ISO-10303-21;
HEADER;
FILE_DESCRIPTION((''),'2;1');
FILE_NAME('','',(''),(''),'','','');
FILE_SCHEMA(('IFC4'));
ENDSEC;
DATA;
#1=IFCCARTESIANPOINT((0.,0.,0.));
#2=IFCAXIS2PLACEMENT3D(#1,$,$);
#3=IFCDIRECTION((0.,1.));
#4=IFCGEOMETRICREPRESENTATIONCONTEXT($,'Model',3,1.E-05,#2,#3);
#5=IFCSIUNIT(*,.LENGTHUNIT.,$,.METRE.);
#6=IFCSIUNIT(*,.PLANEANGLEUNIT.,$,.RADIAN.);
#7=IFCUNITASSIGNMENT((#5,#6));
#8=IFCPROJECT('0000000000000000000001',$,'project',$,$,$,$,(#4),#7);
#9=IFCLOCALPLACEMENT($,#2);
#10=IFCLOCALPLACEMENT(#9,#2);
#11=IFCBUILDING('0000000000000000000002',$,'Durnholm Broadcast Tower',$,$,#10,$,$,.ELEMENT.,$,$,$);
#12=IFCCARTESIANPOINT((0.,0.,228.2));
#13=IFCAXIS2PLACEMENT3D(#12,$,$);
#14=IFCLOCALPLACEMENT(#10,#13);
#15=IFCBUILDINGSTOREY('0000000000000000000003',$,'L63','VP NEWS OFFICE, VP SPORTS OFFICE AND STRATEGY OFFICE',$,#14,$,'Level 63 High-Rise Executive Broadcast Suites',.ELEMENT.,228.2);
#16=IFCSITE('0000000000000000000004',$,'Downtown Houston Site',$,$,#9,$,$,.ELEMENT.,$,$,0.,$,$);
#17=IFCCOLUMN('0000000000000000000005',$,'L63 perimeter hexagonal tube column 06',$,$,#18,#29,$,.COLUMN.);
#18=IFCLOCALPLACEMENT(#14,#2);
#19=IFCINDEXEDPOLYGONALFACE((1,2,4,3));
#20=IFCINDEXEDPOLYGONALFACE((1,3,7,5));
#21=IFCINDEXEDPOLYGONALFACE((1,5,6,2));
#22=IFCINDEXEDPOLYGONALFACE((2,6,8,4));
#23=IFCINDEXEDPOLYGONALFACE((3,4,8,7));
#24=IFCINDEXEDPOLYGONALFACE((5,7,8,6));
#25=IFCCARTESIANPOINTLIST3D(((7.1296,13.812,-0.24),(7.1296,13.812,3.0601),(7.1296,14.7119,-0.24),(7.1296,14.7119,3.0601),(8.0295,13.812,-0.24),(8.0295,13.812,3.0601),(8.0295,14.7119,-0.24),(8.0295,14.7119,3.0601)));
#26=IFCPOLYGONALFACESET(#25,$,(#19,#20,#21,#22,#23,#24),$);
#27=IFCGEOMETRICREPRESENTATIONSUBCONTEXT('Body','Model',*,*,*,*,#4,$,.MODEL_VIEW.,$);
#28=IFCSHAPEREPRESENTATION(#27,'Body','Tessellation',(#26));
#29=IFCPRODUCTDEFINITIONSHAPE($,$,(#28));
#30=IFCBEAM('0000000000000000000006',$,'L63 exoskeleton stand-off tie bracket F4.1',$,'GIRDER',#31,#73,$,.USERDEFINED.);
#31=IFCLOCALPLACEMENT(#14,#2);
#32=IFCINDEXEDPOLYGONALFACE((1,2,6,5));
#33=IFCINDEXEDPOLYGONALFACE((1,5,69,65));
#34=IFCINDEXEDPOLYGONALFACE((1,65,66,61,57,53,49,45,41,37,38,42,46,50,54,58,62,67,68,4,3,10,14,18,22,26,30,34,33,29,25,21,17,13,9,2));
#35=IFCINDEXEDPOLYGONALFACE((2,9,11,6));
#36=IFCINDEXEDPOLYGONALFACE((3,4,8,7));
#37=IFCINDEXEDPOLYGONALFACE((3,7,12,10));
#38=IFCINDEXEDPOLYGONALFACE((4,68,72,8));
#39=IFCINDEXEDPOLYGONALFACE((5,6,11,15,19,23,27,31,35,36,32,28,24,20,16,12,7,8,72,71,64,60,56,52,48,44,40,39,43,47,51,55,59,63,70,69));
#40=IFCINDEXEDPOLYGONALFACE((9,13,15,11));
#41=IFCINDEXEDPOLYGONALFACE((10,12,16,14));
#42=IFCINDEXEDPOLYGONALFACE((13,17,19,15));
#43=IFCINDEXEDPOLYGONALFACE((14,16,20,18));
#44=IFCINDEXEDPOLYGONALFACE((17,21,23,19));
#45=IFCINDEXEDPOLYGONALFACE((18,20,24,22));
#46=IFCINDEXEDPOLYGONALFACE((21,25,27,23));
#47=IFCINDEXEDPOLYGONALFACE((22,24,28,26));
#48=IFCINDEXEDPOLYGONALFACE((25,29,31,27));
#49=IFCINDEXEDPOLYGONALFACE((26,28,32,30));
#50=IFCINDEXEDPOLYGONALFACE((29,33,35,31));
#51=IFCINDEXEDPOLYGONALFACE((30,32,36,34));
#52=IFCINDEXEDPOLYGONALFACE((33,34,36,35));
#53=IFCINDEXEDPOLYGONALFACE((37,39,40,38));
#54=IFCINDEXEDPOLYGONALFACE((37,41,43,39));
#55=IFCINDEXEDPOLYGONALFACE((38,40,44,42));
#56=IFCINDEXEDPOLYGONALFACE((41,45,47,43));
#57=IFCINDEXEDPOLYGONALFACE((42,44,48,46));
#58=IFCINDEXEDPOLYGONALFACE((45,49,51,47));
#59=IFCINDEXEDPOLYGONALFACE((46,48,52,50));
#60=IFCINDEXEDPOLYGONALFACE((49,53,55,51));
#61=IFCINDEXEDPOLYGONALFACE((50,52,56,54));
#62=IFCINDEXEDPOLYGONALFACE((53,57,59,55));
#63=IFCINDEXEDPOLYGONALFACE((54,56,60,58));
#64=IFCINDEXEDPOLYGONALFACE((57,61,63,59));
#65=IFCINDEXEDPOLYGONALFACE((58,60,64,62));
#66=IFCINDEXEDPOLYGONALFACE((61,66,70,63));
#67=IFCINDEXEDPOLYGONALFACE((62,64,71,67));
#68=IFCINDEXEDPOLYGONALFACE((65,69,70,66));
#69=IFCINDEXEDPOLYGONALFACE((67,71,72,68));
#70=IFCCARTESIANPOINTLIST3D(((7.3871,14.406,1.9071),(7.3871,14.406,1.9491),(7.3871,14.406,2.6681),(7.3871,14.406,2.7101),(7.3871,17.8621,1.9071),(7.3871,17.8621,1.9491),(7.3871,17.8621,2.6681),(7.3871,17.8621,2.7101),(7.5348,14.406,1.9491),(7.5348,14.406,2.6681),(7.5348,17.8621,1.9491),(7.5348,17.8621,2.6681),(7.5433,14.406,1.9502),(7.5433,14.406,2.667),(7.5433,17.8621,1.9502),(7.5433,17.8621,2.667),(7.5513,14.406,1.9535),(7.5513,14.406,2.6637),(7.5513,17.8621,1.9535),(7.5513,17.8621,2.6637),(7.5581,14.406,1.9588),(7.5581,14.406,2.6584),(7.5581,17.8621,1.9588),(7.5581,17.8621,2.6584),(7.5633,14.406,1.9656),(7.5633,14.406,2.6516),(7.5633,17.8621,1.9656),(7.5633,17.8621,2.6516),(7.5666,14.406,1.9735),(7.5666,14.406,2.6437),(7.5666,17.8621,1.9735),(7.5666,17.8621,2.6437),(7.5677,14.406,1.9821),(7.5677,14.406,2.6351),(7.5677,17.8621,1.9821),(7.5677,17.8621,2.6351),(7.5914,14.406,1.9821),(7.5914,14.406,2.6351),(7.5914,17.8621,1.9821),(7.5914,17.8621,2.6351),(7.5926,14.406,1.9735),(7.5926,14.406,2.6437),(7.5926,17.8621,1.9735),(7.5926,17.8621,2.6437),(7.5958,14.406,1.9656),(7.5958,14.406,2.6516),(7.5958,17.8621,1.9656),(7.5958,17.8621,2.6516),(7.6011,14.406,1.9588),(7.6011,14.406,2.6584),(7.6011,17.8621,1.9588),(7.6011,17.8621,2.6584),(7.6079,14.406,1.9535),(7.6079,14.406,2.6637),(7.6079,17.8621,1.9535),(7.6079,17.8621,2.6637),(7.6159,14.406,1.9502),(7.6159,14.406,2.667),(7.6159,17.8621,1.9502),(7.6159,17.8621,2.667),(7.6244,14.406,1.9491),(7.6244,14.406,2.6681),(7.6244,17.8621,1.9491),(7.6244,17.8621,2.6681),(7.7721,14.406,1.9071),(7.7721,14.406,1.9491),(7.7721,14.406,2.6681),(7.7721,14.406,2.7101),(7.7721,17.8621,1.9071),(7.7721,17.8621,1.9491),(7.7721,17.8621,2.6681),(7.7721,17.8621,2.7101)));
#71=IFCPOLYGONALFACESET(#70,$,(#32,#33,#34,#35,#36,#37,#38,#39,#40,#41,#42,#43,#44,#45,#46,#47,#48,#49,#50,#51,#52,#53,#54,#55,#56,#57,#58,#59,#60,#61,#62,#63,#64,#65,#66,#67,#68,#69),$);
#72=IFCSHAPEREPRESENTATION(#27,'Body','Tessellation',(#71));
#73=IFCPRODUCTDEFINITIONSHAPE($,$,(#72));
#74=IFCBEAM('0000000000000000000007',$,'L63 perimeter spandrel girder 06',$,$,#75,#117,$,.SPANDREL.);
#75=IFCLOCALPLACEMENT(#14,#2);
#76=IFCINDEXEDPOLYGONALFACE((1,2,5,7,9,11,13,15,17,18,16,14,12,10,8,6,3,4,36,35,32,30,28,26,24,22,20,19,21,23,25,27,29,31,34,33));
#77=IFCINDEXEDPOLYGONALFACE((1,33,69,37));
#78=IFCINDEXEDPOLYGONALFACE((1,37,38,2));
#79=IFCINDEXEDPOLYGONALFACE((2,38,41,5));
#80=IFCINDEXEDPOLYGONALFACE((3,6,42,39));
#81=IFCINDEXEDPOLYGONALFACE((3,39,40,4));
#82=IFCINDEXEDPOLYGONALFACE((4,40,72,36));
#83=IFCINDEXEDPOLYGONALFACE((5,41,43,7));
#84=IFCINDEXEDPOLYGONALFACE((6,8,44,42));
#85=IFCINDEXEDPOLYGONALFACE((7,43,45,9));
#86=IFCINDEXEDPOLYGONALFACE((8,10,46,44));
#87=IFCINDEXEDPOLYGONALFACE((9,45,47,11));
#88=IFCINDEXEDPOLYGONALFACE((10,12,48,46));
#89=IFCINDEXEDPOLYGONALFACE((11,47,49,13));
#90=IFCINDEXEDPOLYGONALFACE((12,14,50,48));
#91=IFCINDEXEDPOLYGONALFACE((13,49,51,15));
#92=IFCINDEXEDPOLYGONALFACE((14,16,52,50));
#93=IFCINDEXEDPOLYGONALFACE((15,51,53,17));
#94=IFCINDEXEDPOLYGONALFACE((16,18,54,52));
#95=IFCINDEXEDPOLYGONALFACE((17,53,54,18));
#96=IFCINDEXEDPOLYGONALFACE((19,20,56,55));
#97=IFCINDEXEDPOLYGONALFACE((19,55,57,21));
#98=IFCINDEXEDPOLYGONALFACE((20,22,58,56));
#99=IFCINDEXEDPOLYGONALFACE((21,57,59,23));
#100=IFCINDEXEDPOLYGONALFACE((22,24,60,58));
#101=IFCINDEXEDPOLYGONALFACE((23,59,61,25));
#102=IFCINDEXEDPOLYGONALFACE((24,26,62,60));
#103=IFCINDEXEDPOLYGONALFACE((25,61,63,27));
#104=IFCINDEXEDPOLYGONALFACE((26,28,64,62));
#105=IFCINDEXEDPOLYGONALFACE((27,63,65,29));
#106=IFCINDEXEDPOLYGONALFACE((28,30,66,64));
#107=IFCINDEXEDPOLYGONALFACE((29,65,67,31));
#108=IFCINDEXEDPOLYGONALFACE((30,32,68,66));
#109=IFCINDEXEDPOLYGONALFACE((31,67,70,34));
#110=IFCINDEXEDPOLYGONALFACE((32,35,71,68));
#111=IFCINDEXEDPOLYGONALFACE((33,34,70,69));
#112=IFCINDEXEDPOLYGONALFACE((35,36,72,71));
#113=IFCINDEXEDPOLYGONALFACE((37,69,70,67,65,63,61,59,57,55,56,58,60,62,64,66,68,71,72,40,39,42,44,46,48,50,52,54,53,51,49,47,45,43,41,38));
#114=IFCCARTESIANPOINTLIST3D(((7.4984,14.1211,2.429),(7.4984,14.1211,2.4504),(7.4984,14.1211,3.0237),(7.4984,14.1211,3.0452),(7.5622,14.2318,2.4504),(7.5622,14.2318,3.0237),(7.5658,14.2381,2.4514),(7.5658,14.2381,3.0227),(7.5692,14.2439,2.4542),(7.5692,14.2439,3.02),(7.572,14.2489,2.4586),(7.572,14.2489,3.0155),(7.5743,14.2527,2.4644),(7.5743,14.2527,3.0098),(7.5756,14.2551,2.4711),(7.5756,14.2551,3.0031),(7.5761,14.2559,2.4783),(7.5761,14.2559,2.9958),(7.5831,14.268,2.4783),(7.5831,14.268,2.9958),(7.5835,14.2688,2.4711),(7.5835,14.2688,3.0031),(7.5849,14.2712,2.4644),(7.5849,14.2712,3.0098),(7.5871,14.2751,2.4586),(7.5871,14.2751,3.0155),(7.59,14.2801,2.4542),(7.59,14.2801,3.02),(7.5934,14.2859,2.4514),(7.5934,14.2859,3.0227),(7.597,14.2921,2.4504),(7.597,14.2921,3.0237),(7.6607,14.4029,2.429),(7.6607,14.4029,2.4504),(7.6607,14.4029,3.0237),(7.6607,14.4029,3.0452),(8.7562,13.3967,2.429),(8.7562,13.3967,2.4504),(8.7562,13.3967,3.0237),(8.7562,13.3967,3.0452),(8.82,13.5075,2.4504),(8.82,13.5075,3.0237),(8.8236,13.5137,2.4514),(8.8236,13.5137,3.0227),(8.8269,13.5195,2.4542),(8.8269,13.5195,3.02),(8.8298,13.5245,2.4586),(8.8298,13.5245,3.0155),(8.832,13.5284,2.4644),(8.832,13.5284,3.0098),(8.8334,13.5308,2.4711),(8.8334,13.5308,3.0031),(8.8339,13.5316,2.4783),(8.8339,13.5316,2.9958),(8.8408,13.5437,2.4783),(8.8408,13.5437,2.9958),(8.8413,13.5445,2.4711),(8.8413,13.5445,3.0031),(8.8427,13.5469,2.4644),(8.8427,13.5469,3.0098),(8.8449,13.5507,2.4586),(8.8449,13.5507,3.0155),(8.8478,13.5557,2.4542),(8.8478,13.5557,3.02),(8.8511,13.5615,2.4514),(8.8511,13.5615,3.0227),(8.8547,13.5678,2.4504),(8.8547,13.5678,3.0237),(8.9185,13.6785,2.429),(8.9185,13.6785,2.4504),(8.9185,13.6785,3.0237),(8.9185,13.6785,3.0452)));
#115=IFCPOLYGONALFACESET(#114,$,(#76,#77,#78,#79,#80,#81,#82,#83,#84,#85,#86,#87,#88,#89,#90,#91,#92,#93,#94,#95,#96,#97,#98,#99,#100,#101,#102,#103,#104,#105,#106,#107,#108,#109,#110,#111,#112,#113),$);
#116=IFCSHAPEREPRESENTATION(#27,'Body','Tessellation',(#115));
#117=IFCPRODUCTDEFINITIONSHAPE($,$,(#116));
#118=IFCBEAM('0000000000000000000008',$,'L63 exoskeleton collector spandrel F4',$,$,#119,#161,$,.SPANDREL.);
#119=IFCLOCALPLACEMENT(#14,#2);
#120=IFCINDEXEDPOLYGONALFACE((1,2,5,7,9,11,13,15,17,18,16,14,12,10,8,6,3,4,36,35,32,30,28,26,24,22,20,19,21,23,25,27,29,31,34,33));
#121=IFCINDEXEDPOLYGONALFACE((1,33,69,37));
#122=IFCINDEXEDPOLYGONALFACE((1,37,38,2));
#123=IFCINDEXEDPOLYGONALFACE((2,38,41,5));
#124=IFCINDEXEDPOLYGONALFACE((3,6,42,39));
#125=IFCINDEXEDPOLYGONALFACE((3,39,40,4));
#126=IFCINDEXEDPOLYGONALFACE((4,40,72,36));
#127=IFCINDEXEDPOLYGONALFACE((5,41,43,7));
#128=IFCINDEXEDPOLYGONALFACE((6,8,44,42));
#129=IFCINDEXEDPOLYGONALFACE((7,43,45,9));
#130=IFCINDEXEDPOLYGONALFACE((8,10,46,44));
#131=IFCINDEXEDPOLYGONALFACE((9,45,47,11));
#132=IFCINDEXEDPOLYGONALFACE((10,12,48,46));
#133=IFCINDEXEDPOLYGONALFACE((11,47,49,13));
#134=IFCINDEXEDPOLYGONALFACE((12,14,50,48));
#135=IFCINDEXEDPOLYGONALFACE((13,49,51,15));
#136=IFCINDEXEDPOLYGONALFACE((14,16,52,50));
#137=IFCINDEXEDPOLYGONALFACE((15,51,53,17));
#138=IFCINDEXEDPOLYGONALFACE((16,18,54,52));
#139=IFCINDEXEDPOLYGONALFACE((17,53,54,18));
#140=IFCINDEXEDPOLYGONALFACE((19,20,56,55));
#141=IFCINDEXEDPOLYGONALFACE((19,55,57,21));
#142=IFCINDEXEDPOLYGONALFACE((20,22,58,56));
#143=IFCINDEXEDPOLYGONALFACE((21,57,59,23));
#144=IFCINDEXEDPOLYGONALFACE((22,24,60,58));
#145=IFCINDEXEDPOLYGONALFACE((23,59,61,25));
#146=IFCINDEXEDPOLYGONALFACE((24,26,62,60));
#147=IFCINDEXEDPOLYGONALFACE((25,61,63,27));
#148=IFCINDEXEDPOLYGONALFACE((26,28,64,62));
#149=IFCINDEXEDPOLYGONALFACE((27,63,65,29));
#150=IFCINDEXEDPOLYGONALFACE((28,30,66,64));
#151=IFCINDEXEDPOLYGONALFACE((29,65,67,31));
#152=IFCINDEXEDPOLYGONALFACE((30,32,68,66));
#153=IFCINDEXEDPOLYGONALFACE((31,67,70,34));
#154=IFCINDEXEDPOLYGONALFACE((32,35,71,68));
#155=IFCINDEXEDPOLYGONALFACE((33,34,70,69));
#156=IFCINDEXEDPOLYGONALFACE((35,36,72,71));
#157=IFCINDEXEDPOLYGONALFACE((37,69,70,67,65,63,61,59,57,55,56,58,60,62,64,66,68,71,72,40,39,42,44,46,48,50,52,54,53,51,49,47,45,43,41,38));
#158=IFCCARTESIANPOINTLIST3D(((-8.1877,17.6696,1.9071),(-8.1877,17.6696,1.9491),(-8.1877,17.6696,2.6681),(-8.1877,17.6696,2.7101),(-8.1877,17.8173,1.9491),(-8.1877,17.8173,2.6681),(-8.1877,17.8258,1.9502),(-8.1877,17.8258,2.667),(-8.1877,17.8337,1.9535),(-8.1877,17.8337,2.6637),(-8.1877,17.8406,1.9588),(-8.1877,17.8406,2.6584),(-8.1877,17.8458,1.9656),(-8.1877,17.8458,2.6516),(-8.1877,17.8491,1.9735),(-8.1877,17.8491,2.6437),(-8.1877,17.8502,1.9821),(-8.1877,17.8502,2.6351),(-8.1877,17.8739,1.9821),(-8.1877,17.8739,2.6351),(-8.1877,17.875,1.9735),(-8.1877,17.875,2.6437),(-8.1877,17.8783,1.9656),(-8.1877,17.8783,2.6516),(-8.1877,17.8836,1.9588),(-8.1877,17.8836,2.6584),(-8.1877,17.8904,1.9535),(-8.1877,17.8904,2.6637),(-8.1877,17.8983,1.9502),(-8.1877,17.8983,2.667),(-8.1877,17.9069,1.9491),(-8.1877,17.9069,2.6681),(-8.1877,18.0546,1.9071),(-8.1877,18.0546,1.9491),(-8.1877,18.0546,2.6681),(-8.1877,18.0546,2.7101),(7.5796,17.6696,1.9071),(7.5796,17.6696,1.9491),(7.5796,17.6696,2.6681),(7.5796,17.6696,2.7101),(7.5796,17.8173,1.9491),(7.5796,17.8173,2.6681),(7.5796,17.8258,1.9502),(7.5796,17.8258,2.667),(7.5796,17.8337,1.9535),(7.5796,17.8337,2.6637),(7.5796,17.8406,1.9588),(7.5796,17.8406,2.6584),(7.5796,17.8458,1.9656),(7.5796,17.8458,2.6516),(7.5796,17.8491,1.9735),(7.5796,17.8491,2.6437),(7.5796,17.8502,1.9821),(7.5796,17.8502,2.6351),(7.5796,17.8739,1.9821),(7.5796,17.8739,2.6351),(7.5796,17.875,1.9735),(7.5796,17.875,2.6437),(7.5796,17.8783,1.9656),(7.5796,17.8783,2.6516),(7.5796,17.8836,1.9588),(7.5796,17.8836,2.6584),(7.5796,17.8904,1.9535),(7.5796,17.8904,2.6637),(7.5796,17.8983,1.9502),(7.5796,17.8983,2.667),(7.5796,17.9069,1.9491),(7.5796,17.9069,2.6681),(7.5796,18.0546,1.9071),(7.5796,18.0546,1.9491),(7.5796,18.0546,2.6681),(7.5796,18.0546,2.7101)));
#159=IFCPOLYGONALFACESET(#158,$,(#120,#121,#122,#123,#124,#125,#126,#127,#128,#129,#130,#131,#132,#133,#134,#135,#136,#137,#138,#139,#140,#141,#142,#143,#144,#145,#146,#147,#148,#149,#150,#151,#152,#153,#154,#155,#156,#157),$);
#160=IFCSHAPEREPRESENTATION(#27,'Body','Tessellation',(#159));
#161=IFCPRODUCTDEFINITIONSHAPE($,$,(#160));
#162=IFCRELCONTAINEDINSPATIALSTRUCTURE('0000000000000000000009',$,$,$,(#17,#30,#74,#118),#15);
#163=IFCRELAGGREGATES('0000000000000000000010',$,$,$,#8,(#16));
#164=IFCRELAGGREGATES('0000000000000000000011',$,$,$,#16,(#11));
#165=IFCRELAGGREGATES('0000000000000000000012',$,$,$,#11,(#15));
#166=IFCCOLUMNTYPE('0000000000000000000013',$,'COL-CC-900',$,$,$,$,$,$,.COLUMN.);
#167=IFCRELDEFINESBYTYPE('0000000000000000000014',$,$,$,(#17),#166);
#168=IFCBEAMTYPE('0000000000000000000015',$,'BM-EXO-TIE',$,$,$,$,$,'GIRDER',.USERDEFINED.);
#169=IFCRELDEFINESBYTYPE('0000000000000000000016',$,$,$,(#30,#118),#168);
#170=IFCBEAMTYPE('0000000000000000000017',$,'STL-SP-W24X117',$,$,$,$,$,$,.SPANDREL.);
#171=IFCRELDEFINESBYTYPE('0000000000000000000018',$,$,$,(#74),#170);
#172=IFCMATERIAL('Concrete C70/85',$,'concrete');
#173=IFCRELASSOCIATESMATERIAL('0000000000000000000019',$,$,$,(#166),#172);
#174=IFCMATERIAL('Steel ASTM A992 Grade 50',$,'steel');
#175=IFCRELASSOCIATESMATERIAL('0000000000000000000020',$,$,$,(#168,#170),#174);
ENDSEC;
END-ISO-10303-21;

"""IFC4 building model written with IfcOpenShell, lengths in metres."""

from ifc_helpers import new_model, si_unit, direction, frame, origin, origin_2d, place, context, subcontext, project, spatial, rectangle, i_section, extrude, source, transform, mapped, material, material_profile, profile_set, type_object, type_shapes, element, save


model = new_model("IFC4")

# Units and contexts
model_context = context("Model", 3, precision=1e-05, world=origin(), true_north=direction((0.0, 1.0)))
body_context = subcontext(model_context, "Body", "Model", "MODEL_VIEW")
ifc_project = project(units=[si_unit("LENGTHUNIT", "METRE"), si_unit("PLANEANGLEUNIT", "RADIAN")], contexts=[model_context])

# Site, building, storey
site_placement = place(None, origin())
site = spatial("IfcSite", under=ifc_project, at=site_placement, Name="Downtown Houston Site", CompositionType="ELEMENT", RefElevation=0.0)
building_placement = place(site_placement, origin())
building = spatial("IfcBuilding", under=site, at=building_placement, Name="Durnholm Broadcast Tower", CompositionType="ELEMENT")
storey_placement = place(building_placement, frame((0.0, 0.0, 228.2)))
storey = spatial("IfcBuildingStorey", under=building, at=storey_placement, Name="L63", Description="VP NEWS OFFICE, VP SPORTS OFFICE AND STRATEGY OFFICE", LongName="Level 63 High-Rise Executive Broadcast Suites", CompositionType="ELEMENT", Elevation=228.2)

# Column
ifc_material_1 = material(Name="Concrete C70/85", Category="concrete")
ifc_material_profile_1 = material_profile(ifc_material_1, rectangle(XDim=0.8999, YDim=0.8999, at=origin_2d()), Name="RC900X900")
ifc_profile_set_1 = profile_set([ifc_material_profile_1], Name="Concrete C70/85")
column_type = type_object("IfcColumnType", Name="COL-CC-900", PredefinedType="COLUMN", material=ifc_profile_set_1)
shared_shape_1 = source(origin(), body_context, "Body", "SweptSolid", [
    extrude(rectangle(XDim=0.8999, YDim=0.8999, at=origin_2d()), origin(), (0.0, 0.0, 1.0), 3.3),
])
type_shapes(column_type, [shared_shape_1])
column_placement = place(storey_placement, frame((7.5796, 14.262, -0.24), z_axis=(0.0, 0.0, 1.0), x_axis=(1.0, 0.0, 0.0)))
element("IfcColumn", 1, at=column_placement, inside=storey, type_object=column_type, Name="L63 perimeter hexagonal tube column 06", PredefinedType="COLUMN", context=body_context, shape_type="MappedRepresentation", body=[
    mapped(shared_shape_1, transform((0.0, 0.0, 0.0), x_axis=(1.0, 0.0, 0.0), y_axis=(0.0, 1.0, 0.0), z_axis=(0.0, 0.0, 1.0), scale=1.0)),
])

# Beams
ifc_material_2 = material(Name="Steel ASTM A992 Grade 50", Category="steel")
ifc_material_profile_2 = material_profile(ifc_material_2, i_section(OverallWidth=0.385, OverallDepth=0.803, WebThickness=0.0237, FlangeThickness=0.042, FilletRadius=0.033, at=origin_2d()), Name="W30X261")
ifc_profile_set_2 = profile_set([ifc_material_profile_2], Name="Steel ASTM A992 Grade 50")
beam_type_1 = type_object("IfcBeamType", Name="BM-EXO-TIE", ElementType="GIRDER", PredefinedType="USERDEFINED", material=ifc_profile_set_2)
shared_shape_2 = source(origin(), body_context, "Body", "SweptSolid", [
    extrude(i_section(OverallWidth=0.385, OverallDepth=0.803, WebThickness=0.0237, FlangeThickness=0.042, FilletRadius=0.033, at=origin_2d()), origin(), (0.0, 0.0, 1.0), 3.4561),
])
beam_1_placement = place(storey_placement, frame((7.5796, 14.406, 2.3086), z_axis=(0.0, 1.0, 0.0), x_axis=(-1.0, 0.0, 0.0)))
element("IfcBeam", 2, at=beam_1_placement, inside=storey, type_object=beam_type_1, Name="L63 exoskeleton stand-off tie bracket F4.1", ObjectType="GIRDER", PredefinedType="USERDEFINED", context=body_context, shape_type="MappedRepresentation", body=[
    mapped(shared_shape_2, transform((0.0, 0.0, 0.0), x_axis=(1.0, 0.0, 0.0), y_axis=(0.0, 1.0, 0.0), z_axis=(0.0, 0.0, 1.0), scale=1.0)),
])
ifc_material_profile_3 = material_profile(ifc_material_2, i_section(OverallWidth=0.3252, OverallDepth=0.6162, WebThickness=0.0139, FlangeThickness=0.0215, FilletRadius=0.0278, at=origin_2d()), Name="W24X117")
ifc_profile_set_3 = profile_set([ifc_material_profile_3], Name="Steel ASTM A992 Grade 50")
beam_type_2 = type_object("IfcBeamType", Name="STL-SP-W24X117", PredefinedType="SPANDREL", material=ifc_profile_set_3)
shared_shape_3 = source(origin(), body_context, "Body", "SweptSolid", [
    extrude(i_section(OverallWidth=0.3252, OverallDepth=0.6162, WebThickness=0.0139, FlangeThickness=0.0215, FilletRadius=0.0278, at=origin_2d()), origin(), (0.0, 0.0, 1.0), 1.4514),
])
type_shapes(beam_type_2, [shared_shape_3])
beam_2_placement = place(storey_placement, frame((7.5796, 14.262, 2.7371), z_axis=(0.866572, -0.499052, 0.0), x_axis=(0.499052, 0.866572, 0.0)))
element("IfcBeam", 3, at=beam_2_placement, inside=storey, type_object=beam_type_2, Name="L63 perimeter spandrel girder 06", PredefinedType="SPANDREL", context=body_context, shape_type="MappedRepresentation", body=[
    mapped(shared_shape_3, transform((0.0, 0.0, 0.0), x_axis=(1.0, 0.0, 0.0), y_axis=(0.0, 1.0, 0.0), z_axis=(0.0, 0.0, 1.0), scale=1.0)),
])
shared_shape_4 = source(origin(), body_context, "Body", "SweptSolid", [
    extrude(i_section(OverallWidth=0.385, OverallDepth=0.803, WebThickness=0.0237, FlangeThickness=0.042, FilletRadius=0.033, at=origin_2d()), origin(), (0.0, 0.0, 1.0), 15.7673),
])
type_shapes(beam_type_1, [shared_shape_2, shared_shape_4])
beam_3_placement = place(storey_placement, frame((7.5796, 17.8621, 2.3086), z_axis=(-1.0, 0.0, 0.0), x_axis=(0.0, -1.0, 0.0)))
element("IfcBeam", 4, at=beam_3_placement, inside=storey, type_object=beam_type_1, Name="L63 exoskeleton collector spandrel F4", PredefinedType="SPANDREL", context=body_context, shape_type="MappedRepresentation", body=[
    mapped(shared_shape_4, transform((0.0, 0.0, 0.0), x_axis=(1.0, 0.0, 0.0), y_axis=(0.0, 1.0, 0.0), z_axis=(0.0, 0.0, 1.0), scale=1.0)),
])

save(model, "model.ifc")
